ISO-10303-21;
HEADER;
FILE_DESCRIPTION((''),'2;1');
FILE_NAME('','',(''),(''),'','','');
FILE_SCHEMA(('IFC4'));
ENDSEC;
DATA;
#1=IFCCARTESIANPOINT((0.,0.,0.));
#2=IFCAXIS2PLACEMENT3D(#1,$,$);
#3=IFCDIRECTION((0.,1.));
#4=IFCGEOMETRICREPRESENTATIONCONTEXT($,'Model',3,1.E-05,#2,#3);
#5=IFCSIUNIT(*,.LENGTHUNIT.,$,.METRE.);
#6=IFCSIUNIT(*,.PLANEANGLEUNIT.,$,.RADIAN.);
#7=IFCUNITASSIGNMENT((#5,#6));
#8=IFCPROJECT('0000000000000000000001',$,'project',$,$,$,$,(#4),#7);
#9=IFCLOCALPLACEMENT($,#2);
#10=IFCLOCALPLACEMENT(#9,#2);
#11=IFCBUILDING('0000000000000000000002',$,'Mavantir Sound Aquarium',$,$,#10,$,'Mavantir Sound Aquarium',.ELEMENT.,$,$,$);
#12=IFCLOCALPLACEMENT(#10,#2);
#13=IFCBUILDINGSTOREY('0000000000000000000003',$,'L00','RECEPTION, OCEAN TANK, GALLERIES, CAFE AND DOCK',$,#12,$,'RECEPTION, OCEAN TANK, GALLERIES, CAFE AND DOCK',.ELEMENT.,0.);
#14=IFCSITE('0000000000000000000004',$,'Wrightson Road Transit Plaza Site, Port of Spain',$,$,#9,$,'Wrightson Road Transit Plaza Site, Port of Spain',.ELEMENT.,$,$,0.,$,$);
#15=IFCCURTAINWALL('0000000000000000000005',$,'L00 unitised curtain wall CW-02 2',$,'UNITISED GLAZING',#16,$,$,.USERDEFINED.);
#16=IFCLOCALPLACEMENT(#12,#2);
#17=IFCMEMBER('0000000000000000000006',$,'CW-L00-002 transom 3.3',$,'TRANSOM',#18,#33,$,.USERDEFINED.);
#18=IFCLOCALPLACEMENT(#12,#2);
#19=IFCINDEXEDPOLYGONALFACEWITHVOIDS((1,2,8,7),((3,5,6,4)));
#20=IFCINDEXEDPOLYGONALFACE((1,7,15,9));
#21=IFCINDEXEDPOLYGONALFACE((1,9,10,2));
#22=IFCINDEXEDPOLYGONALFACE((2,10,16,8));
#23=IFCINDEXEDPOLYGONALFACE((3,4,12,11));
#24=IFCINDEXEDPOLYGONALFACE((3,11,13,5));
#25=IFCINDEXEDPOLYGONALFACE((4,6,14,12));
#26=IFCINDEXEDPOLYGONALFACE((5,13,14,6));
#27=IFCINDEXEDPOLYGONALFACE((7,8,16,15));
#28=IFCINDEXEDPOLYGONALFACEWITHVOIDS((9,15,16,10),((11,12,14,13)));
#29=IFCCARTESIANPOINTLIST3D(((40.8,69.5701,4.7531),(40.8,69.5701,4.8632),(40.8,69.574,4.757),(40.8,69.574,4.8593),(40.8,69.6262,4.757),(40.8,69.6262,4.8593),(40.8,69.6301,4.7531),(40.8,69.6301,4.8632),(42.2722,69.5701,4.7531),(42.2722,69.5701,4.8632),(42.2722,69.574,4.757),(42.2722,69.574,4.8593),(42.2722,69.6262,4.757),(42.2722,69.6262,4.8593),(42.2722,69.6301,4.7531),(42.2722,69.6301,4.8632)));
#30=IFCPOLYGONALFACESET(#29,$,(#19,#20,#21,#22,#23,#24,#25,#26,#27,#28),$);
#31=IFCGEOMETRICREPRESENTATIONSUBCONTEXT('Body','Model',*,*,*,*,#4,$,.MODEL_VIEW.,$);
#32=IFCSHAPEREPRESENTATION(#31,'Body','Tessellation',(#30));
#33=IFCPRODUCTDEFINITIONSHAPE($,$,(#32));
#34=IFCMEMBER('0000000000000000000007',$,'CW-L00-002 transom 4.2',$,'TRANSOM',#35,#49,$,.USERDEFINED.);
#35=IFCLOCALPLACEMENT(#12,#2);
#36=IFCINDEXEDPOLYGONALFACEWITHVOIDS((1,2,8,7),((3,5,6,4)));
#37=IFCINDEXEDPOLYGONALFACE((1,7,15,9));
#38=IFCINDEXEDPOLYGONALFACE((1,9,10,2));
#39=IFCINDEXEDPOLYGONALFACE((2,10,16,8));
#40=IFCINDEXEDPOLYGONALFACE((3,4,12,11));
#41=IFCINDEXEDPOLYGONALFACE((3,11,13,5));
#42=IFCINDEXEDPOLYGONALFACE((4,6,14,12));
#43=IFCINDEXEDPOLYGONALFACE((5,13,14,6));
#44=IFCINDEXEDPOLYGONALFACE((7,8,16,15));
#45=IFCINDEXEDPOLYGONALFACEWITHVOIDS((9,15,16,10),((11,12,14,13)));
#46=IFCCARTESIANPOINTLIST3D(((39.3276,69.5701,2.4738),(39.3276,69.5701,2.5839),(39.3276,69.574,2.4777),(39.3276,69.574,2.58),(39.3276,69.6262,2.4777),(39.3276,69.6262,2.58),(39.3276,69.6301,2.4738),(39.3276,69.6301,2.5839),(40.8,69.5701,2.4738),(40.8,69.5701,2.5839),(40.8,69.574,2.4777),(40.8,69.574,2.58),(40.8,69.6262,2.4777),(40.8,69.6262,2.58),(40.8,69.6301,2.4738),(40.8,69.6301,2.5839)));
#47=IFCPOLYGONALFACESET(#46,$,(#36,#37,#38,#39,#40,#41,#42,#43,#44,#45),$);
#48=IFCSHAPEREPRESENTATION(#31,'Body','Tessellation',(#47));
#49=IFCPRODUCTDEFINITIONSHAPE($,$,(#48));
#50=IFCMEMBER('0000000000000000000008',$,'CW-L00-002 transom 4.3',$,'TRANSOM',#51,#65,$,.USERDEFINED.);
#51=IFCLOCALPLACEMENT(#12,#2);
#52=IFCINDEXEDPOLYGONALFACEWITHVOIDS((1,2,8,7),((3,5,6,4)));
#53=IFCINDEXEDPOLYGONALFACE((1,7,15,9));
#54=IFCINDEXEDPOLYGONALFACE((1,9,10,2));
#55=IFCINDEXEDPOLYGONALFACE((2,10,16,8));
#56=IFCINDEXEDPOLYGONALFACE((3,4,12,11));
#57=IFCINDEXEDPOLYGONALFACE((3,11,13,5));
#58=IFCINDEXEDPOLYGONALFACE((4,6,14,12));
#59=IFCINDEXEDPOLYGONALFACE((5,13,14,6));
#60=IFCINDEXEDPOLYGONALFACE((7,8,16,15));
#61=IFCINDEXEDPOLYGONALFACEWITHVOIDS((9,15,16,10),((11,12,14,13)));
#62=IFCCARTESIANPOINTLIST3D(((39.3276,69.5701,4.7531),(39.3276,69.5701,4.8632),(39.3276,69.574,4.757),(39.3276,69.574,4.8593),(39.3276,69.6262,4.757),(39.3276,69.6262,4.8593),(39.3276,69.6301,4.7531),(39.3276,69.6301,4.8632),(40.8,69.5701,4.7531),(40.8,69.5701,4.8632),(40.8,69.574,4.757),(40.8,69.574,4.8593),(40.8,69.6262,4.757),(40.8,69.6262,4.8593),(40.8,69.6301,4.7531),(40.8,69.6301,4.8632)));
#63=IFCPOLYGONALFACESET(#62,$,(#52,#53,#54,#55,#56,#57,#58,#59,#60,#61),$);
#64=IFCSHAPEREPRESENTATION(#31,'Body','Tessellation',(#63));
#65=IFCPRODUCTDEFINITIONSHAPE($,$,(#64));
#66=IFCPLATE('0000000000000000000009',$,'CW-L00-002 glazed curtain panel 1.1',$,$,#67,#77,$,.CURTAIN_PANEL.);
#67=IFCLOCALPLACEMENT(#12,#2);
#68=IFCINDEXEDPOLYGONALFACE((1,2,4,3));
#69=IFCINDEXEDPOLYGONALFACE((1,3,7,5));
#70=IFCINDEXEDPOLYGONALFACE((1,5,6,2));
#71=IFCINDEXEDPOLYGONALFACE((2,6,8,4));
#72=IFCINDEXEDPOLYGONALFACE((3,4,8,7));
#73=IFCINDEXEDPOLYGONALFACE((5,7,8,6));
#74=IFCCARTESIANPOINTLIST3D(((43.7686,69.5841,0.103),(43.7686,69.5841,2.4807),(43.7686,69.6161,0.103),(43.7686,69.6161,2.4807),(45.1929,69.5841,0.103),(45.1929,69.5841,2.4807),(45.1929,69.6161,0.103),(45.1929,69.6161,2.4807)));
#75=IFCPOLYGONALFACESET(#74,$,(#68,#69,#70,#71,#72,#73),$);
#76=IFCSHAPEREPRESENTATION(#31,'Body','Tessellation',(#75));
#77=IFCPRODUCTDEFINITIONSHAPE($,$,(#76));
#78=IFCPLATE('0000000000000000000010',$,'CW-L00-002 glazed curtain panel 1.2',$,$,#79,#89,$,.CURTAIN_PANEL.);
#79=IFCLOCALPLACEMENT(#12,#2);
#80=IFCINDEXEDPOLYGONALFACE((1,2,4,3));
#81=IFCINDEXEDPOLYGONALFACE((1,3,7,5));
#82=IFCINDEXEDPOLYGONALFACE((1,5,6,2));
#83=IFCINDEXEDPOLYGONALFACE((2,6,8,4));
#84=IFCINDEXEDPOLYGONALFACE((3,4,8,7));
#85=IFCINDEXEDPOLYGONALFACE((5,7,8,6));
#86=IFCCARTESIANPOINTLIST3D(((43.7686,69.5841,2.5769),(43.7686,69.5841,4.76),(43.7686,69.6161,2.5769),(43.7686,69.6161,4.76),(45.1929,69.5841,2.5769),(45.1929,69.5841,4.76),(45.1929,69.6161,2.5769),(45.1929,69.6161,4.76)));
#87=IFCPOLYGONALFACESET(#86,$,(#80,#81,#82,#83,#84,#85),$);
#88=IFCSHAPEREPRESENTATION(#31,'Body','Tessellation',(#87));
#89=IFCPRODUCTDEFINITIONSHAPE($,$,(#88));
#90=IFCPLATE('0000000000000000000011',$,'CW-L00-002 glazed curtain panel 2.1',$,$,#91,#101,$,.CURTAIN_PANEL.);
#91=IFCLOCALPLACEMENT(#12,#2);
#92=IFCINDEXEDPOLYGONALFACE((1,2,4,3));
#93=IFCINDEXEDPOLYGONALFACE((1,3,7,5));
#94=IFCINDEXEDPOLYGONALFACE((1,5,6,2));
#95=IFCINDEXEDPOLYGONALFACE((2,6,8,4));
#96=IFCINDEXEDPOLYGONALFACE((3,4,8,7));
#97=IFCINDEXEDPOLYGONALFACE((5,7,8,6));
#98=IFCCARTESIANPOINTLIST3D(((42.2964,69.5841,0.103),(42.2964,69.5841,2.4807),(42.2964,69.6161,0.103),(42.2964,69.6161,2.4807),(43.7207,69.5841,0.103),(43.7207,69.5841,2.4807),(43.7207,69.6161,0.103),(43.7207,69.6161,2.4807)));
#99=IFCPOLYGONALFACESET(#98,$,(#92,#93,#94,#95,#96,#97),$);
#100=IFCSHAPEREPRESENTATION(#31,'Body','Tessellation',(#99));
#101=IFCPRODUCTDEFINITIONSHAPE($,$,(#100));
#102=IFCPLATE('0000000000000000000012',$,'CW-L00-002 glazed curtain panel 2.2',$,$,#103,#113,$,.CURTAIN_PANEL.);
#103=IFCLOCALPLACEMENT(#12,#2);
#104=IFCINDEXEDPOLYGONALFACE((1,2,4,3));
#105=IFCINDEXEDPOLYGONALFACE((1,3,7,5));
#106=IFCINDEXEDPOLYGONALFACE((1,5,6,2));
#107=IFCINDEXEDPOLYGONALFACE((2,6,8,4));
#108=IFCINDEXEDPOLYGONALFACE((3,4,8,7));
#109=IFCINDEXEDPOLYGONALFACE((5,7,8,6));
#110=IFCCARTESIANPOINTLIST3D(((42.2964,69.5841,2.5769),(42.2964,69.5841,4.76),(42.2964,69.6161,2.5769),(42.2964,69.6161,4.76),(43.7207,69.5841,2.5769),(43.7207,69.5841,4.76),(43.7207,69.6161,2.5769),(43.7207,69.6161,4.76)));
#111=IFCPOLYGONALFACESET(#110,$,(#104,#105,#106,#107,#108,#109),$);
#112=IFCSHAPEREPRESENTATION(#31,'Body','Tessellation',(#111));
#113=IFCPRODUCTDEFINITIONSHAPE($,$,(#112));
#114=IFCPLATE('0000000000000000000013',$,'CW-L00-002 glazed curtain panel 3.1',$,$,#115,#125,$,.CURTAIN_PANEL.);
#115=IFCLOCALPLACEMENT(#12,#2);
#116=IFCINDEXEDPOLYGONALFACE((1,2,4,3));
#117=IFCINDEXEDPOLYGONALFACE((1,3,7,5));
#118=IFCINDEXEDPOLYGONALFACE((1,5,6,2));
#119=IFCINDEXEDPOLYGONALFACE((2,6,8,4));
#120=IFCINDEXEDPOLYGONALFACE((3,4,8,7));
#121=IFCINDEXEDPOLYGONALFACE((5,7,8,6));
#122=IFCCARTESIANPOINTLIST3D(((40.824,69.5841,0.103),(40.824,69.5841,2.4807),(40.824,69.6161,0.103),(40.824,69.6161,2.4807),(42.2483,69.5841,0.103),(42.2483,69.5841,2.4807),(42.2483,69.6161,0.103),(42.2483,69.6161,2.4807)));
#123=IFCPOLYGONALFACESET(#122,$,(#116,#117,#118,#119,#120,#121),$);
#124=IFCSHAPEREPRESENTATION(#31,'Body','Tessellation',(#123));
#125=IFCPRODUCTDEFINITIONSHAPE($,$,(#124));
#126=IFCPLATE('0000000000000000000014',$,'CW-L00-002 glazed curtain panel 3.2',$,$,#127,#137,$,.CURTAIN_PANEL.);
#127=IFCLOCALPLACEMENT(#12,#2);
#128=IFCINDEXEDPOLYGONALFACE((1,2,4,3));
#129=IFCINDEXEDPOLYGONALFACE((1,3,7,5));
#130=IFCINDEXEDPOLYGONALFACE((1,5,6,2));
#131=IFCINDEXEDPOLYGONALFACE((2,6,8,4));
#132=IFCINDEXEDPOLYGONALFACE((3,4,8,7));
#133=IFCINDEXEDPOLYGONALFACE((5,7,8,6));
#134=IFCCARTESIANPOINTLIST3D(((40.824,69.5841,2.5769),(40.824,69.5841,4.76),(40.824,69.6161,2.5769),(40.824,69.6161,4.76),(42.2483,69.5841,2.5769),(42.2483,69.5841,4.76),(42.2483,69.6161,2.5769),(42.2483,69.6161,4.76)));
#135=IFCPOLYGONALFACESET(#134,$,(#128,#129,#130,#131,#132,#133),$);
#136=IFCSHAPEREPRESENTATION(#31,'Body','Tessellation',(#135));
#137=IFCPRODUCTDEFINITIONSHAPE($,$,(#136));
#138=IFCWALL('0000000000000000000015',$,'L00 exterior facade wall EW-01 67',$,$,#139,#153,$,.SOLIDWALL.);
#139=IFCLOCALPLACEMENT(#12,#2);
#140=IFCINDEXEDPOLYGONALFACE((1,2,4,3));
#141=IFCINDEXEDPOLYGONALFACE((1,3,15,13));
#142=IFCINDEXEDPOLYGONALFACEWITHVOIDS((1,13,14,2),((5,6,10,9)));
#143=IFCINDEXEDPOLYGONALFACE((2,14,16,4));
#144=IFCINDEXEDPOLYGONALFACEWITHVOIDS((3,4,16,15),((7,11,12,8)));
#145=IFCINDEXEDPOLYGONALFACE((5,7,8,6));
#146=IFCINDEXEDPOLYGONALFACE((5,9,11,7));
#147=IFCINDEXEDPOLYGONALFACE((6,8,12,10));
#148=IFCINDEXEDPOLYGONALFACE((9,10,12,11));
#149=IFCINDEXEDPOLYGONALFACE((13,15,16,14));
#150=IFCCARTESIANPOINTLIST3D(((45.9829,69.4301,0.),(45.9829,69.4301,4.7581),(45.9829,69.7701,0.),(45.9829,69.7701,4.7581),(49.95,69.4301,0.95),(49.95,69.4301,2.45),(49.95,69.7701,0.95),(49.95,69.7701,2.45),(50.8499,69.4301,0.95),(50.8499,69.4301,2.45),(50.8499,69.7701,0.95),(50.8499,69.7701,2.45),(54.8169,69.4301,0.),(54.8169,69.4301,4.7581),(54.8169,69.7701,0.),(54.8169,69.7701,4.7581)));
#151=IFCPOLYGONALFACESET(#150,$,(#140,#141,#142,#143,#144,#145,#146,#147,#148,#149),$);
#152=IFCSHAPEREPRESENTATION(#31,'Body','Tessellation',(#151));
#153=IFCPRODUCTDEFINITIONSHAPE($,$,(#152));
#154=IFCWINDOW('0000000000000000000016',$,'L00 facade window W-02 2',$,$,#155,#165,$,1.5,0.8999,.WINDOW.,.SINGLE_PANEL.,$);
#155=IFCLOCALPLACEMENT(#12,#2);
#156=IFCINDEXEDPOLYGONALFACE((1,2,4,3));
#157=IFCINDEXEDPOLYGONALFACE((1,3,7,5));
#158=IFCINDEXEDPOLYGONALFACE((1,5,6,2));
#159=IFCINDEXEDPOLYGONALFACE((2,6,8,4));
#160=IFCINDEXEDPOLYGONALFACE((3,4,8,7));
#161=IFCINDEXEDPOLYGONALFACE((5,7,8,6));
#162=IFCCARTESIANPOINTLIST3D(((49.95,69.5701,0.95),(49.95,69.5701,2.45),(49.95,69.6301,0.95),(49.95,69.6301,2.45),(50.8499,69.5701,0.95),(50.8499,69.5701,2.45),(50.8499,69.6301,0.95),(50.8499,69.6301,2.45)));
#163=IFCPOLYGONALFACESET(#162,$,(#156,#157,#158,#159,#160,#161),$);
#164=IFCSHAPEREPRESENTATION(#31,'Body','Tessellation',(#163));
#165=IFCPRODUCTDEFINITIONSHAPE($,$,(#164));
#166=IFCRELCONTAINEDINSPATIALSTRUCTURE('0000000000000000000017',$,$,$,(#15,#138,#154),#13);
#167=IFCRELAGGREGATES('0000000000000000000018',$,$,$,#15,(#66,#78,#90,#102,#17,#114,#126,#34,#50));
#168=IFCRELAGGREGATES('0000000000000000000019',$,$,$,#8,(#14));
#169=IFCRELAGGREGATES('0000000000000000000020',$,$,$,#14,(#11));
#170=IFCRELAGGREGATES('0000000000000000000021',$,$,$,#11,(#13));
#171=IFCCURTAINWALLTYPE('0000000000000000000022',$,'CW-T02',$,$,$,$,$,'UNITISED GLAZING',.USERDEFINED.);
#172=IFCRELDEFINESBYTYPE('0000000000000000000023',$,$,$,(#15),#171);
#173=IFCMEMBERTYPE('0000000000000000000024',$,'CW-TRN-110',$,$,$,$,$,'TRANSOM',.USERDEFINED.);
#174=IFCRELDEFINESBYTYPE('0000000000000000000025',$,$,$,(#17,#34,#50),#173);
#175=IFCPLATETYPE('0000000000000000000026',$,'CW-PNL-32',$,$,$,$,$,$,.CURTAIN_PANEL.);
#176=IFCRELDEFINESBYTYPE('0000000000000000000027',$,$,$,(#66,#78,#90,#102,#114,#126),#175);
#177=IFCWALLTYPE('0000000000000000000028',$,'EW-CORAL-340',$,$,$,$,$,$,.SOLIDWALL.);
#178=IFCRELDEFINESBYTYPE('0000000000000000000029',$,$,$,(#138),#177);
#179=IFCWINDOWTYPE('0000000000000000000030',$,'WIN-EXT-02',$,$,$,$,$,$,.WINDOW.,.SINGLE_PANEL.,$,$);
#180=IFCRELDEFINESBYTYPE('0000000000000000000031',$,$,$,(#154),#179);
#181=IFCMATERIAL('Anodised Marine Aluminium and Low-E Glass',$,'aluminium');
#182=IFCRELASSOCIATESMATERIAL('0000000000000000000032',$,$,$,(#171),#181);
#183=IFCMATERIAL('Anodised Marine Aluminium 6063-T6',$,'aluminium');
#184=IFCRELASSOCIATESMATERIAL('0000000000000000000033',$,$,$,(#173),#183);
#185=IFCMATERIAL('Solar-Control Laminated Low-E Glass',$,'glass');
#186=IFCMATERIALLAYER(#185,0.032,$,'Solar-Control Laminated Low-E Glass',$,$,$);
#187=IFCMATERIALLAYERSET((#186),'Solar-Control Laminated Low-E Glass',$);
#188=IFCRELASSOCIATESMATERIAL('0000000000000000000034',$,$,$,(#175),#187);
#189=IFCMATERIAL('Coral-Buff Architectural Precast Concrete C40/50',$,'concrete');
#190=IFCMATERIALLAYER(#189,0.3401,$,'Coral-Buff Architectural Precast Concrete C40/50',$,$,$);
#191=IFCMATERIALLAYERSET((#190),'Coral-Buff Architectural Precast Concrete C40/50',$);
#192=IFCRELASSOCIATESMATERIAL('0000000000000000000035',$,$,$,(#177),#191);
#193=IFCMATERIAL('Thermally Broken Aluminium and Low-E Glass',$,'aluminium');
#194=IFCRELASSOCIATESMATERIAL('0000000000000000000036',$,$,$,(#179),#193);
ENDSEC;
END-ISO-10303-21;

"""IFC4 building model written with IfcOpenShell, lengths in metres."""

from ifc_helpers import new_model, si_unit, direction, frame, frame_2d, origin, origin_2d, place, context, subcontext, project, spatial, rectangle, hollow_rectangle, extrude, material, layer, layer_set, material_profile, profile_set, type_object, element, fill, aggregate, save


model = new_model("IFC4")

# Units and contexts
model_context = context("Model", 3, precision=1e-05, world=origin(), true_north=direction((0.0, 1.0)))
body_context = subcontext(model_context, "Body", "Model", "MODEL_VIEW")
ifc_project = project(units=[si_unit("LENGTHUNIT", "METRE"), si_unit("PLANEANGLEUNIT", "RADIAN")], contexts=[model_context])

# Site, building, storey
site_placement = place(None, origin())
site = spatial("IfcSite", under=ifc_project, at=site_placement, Name="Wrightson Road Transit Plaza Site, Port of Spain", LongName="Wrightson Road Transit Plaza Site, Port of Spain", CompositionType="ELEMENT", RefElevation=0.0)
building_placement = place(site_placement, origin())
building = spatial("IfcBuilding", under=site, at=building_placement, Name="Mavantir Sound Aquarium", LongName="Mavantir Sound Aquarium", CompositionType="ELEMENT")
storey_placement = place(building_placement, origin())
storey = spatial("IfcBuildingStorey", under=building, at=storey_placement, Name="L00", Description="RECEPTION, OCEAN TANK, GALLERIES, CAFE AND DOCK", LongName="RECEPTION, OCEAN TANK, GALLERIES, CAFE AND DOCK", CompositionType="ELEMENT", Elevation=0.0)

# Curtain wall, members, plates
ifc_material_1 = material(Name="Anodised Marine Aluminium and Low-E Glass", Category="aluminium")
curtain_wall_type = type_object("IfcCurtainWallType", Name="CW-T02", ElementType="UNITISED GLAZING", PredefinedType="USERDEFINED", material=ifc_material_1)
curtain_wall_placement = place(storey_placement, origin())
curtain_wall = element("IfcCurtainWall", 1, at=curtain_wall_placement, inside=storey, type_object=curtain_wall_type, Name="L00 unitised curtain wall CW-02 2", ObjectType="UNITISED GLAZING", PredefinedType="USERDEFINED")
ifc_material_2 = material(Name="Anodised Marine Aluminium 6063-T6", Category="aluminium")
ifc_material_profile_1 = material_profile(ifc_material_2, hollow_rectangle(XDim=0.0601, YDim=0.1101, WallThickness=0.0039, at=origin_2d()), Name="ALU-TRANSOM-110X60")
ifc_profile_set_1 = profile_set([ifc_material_profile_1], Name="Anodised Marine Aluminium 6063-T6")
member_type_1 = type_object("IfcMemberType", Name="CW-TRN-110", ElementType="TRANSOM", PredefinedType="USERDEFINED", material=ifc_profile_set_1)
member_1_placement = place(storey_placement, frame((42.2722, 69.6001, 4.8081), z_axis=(-1.0, 0.0, 0.0), x_axis=(0.0, -1.0, 0.0)))
member_1 = element("IfcMember", 2, at=member_1_placement, type_object=member_type_1, Name="CW-L00-002 transom 3.3", ObjectType="TRANSOM", PredefinedType="USERDEFINED", context=body_context, shape_type="SweptSolid", body=[
    extrude(hollow_rectangle(XDim=0.0601, YDim=0.1101, WallThickness=0.0039, at=origin_2d()), origin(), (0.0, 0.0, 1.0), 1.4722),
])
member_2_placement = place(storey_placement, frame((40.8, 69.6001, 2.5288), z_axis=(-1.0, 0.0, 0.0), x_axis=(0.0, -1.0, 0.0)))
member_2 = element("IfcMember", 3, at=member_2_placement, type_object=member_type_1, Name="CW-L00-002 transom 4.2", ObjectType="TRANSOM", PredefinedType="USERDEFINED", context=body_context, shape_type="SweptSolid", body=[
    extrude(hollow_rectangle(XDim=0.0601, YDim=0.1101, WallThickness=0.0039, at=origin_2d()), origin(), (0.0, 0.0, 1.0), 1.4724),
])
member_3_placement = place(storey_placement, frame((40.8, 69.6001, 4.8081), z_axis=(-1.0, 0.0, 0.0), x_axis=(0.0, -1.0, 0.0)))
member_3 = element("IfcMember", 4, at=member_3_placement, type_object=member_type_1, Name="CW-L00-002 transom 4.3", ObjectType="TRANSOM", PredefinedType="USERDEFINED", context=body_context, shape_type="SweptSolid", body=[
    extrude(hollow_rectangle(XDim=0.0601, YDim=0.1101, WallThickness=0.0039, at=origin_2d()), origin(), (0.0, 0.0, 1.0), 1.4724),
])
ifc_material_3 = material(Name="Solar-Control Laminated Low-E Glass", Category="glass")
ifc_layer_1 = layer(ifc_material_3, 0.032, Name="Solar-Control Laminated Low-E Glass")
ifc_layer_set_1 = layer_set([ifc_layer_1], Name="Solar-Control Laminated Low-E Glass")
plate_type = type_object("IfcPlateType", Name="CW-PNL-32", PredefinedType="CURTAIN_PANEL", material=ifc_layer_set_1)
plate_1_placement = place(storey_placement, frame((44.4807, 69.6001, 0.103), z_axis=(0.0, 0.0, 1.0), x_axis=(-1.0, 0.0, 0.0)))
plate_1 = element("IfcPlate", 5, at=plate_1_placement, type_object=plate_type, Name="CW-L00-002 glazed curtain panel 1.1", PredefinedType="CURTAIN_PANEL", context=body_context, shape_type="SweptSolid", body=[
    extrude(rectangle(XDim=1.4243, YDim=0.032, at=origin_2d()), origin(), (0.0, 0.0, 1.0), 2.3777),
])
plate_2_placement = place(storey_placement, frame((44.4807, 69.6001, 2.5769), z_axis=(0.0, 0.0, 1.0), x_axis=(-1.0, 0.0, 0.0)))
plate_2 = element("IfcPlate", 6, at=plate_2_placement, type_object=plate_type, Name="CW-L00-002 glazed curtain panel 1.2", PredefinedType="CURTAIN_PANEL", context=body_context, shape_type="SweptSolid", body=[
    extrude(rectangle(XDim=1.4243, YDim=0.032, at=origin_2d()), origin(), (0.0, 0.0, 1.0), 2.1831),
])
plate_3_placement = place(storey_placement, frame((43.0085, 69.6001, 0.103), z_axis=(0.0, 0.0, 1.0), x_axis=(-1.0, 0.0, 0.0)))
plate_3 = element("IfcPlate", 7, at=plate_3_placement, type_object=plate_type, Name="CW-L00-002 glazed curtain panel 2.1", PredefinedType="CURTAIN_PANEL", context=body_context, shape_type="SweptSolid", body=[
    extrude(rectangle(XDim=1.4243, YDim=0.032, at=origin_2d()), origin(), (0.0, 0.0, 1.0), 2.3777),
])
plate_4_placement = place(storey_placement, frame((43.0085, 69.6001, 2.5769), z_axis=(0.0, 0.0, 1.0), x_axis=(-1.0, 0.0, 0.0)))
plate_4 = element("IfcPlate", 8, at=plate_4_placement, type_object=plate_type, Name="CW-L00-002 glazed curtain panel 2.2", PredefinedType="CURTAIN_PANEL", context=body_context, shape_type="SweptSolid", body=[
    extrude(rectangle(XDim=1.4243, YDim=0.032, at=origin_2d()), origin(), (0.0, 0.0, 1.0), 2.1831),
])
plate_5_placement = place(storey_placement, frame((41.5361, 69.6001, 0.103), z_axis=(0.0, 0.0, 1.0), x_axis=(-1.0, 0.0, 0.0)))
plate_5 = element("IfcPlate", 9, at=plate_5_placement, type_object=plate_type, Name="CW-L00-002 glazed curtain panel 3.1", PredefinedType="CURTAIN_PANEL", context=body_context, shape_type="SweptSolid", body=[
    extrude(rectangle(XDim=1.4243, YDim=0.032, at=origin_2d()), origin(), (0.0, 0.0, 1.0), 2.3777),
])
plate_6_placement = place(storey_placement, frame((41.5361, 69.6001, 2.5769), z_axis=(0.0, 0.0, 1.0), x_axis=(-1.0, 0.0, 0.0)))
plate_6 = element("IfcPlate", 10, at=plate_6_placement, type_object=plate_type, Name="CW-L00-002 glazed curtain panel 3.2", PredefinedType="CURTAIN_PANEL", context=body_context, shape_type="SweptSolid", body=[
    extrude(rectangle(XDim=1.4243, YDim=0.032, at=origin_2d()), origin(), (0.0, 0.0, 1.0), 2.1831),
])
aggregate(curtain_wall, [plate_1, plate_2, plate_3, plate_4, member_1, plate_5, plate_6, member_2, member_3])

# Wall, opening, window
ifc_material_4 = material(Name="Coral-Buff Architectural Precast Concrete C40/50", Category="concrete")
ifc_layer_2 = layer(ifc_material_4, 0.3401, Name="Coral-Buff Architectural Precast Concrete C40/50")
ifc_layer_set_2 = layer_set([ifc_layer_2], Name="Coral-Buff Architectural Precast Concrete C40/50")
wall_type = type_object("IfcWallType", Name="EW-CORAL-340", PredefinedType="SOLIDWALL", material=ifc_layer_set_2)
wall_placement = place(storey_placement, frame((54.8169, 69.6001, 0.0), z_axis=(0.0, 0.0, 1.0), x_axis=(-1.0, 0.0, 0.0)))
wall = element("IfcWall", 11, at=wall_placement, inside=storey, type_object=wall_type, Name="L00 exterior facade wall EW-01 67", PredefinedType="SOLIDWALL", context=body_context, shape_type="SweptSolid", body=[
    extrude(rectangle(XDim=8.834, YDim=0.3401, at=frame_2d((4.417, 0.0))), origin(), (0.0, 0.0, 1.0), 4.7581),
])
opening_placement = place(wall_placement, frame((3.967, 0.0, 0.95)))
opening = element("IfcOpeningElement", 12, at=opening_placement, cuts=wall, PredefinedType="OPENING", context=body_context, shape_type="SweptSolid", body=[
    extrude(rectangle(XDim=0.8999, YDim=1.5, at=frame_2d((0.45, 0.75))), frame((0.0, 0.1802, 0.0), z_axis=(0.0, -1.0, 0.0), x_axis=(1.0, 0.0, 0.0)), (0.0, 0.0, 1.0), 0.3601),
])
ifc_material_5 = material(Name="Thermally Broken Aluminium and Low-E Glass", Category="aluminium")
window_type = type_object("IfcWindowType", Name="WIN-EXT-02", PartitioningType="SINGLE_PANEL", PredefinedType="WINDOW", material=ifc_material_5)
window_placement = place(opening_placement, origin())
window = element("IfcWindow", 13, at=window_placement, inside=storey, type_object=window_type, Name="L00 facade window W-02 2", OverallHeight=1.5, OverallWidth=0.8999, PartitioningType="SINGLE_PANEL", PredefinedType="WINDOW", context=body_context, shape_type="SweptSolid", body=[
    extrude(rectangle(XDim=0.8999, YDim=1.5, at=frame_2d((0.45, 0.75))), frame((0.0, 0.03, 0.0), z_axis=(0.0, -1.0, 0.0), x_axis=(1.0, 0.0, 0.0)), (0.0, 0.0, 1.0), 0.0601),
])
fill(opening, window)

save(model, "model.ifc")
